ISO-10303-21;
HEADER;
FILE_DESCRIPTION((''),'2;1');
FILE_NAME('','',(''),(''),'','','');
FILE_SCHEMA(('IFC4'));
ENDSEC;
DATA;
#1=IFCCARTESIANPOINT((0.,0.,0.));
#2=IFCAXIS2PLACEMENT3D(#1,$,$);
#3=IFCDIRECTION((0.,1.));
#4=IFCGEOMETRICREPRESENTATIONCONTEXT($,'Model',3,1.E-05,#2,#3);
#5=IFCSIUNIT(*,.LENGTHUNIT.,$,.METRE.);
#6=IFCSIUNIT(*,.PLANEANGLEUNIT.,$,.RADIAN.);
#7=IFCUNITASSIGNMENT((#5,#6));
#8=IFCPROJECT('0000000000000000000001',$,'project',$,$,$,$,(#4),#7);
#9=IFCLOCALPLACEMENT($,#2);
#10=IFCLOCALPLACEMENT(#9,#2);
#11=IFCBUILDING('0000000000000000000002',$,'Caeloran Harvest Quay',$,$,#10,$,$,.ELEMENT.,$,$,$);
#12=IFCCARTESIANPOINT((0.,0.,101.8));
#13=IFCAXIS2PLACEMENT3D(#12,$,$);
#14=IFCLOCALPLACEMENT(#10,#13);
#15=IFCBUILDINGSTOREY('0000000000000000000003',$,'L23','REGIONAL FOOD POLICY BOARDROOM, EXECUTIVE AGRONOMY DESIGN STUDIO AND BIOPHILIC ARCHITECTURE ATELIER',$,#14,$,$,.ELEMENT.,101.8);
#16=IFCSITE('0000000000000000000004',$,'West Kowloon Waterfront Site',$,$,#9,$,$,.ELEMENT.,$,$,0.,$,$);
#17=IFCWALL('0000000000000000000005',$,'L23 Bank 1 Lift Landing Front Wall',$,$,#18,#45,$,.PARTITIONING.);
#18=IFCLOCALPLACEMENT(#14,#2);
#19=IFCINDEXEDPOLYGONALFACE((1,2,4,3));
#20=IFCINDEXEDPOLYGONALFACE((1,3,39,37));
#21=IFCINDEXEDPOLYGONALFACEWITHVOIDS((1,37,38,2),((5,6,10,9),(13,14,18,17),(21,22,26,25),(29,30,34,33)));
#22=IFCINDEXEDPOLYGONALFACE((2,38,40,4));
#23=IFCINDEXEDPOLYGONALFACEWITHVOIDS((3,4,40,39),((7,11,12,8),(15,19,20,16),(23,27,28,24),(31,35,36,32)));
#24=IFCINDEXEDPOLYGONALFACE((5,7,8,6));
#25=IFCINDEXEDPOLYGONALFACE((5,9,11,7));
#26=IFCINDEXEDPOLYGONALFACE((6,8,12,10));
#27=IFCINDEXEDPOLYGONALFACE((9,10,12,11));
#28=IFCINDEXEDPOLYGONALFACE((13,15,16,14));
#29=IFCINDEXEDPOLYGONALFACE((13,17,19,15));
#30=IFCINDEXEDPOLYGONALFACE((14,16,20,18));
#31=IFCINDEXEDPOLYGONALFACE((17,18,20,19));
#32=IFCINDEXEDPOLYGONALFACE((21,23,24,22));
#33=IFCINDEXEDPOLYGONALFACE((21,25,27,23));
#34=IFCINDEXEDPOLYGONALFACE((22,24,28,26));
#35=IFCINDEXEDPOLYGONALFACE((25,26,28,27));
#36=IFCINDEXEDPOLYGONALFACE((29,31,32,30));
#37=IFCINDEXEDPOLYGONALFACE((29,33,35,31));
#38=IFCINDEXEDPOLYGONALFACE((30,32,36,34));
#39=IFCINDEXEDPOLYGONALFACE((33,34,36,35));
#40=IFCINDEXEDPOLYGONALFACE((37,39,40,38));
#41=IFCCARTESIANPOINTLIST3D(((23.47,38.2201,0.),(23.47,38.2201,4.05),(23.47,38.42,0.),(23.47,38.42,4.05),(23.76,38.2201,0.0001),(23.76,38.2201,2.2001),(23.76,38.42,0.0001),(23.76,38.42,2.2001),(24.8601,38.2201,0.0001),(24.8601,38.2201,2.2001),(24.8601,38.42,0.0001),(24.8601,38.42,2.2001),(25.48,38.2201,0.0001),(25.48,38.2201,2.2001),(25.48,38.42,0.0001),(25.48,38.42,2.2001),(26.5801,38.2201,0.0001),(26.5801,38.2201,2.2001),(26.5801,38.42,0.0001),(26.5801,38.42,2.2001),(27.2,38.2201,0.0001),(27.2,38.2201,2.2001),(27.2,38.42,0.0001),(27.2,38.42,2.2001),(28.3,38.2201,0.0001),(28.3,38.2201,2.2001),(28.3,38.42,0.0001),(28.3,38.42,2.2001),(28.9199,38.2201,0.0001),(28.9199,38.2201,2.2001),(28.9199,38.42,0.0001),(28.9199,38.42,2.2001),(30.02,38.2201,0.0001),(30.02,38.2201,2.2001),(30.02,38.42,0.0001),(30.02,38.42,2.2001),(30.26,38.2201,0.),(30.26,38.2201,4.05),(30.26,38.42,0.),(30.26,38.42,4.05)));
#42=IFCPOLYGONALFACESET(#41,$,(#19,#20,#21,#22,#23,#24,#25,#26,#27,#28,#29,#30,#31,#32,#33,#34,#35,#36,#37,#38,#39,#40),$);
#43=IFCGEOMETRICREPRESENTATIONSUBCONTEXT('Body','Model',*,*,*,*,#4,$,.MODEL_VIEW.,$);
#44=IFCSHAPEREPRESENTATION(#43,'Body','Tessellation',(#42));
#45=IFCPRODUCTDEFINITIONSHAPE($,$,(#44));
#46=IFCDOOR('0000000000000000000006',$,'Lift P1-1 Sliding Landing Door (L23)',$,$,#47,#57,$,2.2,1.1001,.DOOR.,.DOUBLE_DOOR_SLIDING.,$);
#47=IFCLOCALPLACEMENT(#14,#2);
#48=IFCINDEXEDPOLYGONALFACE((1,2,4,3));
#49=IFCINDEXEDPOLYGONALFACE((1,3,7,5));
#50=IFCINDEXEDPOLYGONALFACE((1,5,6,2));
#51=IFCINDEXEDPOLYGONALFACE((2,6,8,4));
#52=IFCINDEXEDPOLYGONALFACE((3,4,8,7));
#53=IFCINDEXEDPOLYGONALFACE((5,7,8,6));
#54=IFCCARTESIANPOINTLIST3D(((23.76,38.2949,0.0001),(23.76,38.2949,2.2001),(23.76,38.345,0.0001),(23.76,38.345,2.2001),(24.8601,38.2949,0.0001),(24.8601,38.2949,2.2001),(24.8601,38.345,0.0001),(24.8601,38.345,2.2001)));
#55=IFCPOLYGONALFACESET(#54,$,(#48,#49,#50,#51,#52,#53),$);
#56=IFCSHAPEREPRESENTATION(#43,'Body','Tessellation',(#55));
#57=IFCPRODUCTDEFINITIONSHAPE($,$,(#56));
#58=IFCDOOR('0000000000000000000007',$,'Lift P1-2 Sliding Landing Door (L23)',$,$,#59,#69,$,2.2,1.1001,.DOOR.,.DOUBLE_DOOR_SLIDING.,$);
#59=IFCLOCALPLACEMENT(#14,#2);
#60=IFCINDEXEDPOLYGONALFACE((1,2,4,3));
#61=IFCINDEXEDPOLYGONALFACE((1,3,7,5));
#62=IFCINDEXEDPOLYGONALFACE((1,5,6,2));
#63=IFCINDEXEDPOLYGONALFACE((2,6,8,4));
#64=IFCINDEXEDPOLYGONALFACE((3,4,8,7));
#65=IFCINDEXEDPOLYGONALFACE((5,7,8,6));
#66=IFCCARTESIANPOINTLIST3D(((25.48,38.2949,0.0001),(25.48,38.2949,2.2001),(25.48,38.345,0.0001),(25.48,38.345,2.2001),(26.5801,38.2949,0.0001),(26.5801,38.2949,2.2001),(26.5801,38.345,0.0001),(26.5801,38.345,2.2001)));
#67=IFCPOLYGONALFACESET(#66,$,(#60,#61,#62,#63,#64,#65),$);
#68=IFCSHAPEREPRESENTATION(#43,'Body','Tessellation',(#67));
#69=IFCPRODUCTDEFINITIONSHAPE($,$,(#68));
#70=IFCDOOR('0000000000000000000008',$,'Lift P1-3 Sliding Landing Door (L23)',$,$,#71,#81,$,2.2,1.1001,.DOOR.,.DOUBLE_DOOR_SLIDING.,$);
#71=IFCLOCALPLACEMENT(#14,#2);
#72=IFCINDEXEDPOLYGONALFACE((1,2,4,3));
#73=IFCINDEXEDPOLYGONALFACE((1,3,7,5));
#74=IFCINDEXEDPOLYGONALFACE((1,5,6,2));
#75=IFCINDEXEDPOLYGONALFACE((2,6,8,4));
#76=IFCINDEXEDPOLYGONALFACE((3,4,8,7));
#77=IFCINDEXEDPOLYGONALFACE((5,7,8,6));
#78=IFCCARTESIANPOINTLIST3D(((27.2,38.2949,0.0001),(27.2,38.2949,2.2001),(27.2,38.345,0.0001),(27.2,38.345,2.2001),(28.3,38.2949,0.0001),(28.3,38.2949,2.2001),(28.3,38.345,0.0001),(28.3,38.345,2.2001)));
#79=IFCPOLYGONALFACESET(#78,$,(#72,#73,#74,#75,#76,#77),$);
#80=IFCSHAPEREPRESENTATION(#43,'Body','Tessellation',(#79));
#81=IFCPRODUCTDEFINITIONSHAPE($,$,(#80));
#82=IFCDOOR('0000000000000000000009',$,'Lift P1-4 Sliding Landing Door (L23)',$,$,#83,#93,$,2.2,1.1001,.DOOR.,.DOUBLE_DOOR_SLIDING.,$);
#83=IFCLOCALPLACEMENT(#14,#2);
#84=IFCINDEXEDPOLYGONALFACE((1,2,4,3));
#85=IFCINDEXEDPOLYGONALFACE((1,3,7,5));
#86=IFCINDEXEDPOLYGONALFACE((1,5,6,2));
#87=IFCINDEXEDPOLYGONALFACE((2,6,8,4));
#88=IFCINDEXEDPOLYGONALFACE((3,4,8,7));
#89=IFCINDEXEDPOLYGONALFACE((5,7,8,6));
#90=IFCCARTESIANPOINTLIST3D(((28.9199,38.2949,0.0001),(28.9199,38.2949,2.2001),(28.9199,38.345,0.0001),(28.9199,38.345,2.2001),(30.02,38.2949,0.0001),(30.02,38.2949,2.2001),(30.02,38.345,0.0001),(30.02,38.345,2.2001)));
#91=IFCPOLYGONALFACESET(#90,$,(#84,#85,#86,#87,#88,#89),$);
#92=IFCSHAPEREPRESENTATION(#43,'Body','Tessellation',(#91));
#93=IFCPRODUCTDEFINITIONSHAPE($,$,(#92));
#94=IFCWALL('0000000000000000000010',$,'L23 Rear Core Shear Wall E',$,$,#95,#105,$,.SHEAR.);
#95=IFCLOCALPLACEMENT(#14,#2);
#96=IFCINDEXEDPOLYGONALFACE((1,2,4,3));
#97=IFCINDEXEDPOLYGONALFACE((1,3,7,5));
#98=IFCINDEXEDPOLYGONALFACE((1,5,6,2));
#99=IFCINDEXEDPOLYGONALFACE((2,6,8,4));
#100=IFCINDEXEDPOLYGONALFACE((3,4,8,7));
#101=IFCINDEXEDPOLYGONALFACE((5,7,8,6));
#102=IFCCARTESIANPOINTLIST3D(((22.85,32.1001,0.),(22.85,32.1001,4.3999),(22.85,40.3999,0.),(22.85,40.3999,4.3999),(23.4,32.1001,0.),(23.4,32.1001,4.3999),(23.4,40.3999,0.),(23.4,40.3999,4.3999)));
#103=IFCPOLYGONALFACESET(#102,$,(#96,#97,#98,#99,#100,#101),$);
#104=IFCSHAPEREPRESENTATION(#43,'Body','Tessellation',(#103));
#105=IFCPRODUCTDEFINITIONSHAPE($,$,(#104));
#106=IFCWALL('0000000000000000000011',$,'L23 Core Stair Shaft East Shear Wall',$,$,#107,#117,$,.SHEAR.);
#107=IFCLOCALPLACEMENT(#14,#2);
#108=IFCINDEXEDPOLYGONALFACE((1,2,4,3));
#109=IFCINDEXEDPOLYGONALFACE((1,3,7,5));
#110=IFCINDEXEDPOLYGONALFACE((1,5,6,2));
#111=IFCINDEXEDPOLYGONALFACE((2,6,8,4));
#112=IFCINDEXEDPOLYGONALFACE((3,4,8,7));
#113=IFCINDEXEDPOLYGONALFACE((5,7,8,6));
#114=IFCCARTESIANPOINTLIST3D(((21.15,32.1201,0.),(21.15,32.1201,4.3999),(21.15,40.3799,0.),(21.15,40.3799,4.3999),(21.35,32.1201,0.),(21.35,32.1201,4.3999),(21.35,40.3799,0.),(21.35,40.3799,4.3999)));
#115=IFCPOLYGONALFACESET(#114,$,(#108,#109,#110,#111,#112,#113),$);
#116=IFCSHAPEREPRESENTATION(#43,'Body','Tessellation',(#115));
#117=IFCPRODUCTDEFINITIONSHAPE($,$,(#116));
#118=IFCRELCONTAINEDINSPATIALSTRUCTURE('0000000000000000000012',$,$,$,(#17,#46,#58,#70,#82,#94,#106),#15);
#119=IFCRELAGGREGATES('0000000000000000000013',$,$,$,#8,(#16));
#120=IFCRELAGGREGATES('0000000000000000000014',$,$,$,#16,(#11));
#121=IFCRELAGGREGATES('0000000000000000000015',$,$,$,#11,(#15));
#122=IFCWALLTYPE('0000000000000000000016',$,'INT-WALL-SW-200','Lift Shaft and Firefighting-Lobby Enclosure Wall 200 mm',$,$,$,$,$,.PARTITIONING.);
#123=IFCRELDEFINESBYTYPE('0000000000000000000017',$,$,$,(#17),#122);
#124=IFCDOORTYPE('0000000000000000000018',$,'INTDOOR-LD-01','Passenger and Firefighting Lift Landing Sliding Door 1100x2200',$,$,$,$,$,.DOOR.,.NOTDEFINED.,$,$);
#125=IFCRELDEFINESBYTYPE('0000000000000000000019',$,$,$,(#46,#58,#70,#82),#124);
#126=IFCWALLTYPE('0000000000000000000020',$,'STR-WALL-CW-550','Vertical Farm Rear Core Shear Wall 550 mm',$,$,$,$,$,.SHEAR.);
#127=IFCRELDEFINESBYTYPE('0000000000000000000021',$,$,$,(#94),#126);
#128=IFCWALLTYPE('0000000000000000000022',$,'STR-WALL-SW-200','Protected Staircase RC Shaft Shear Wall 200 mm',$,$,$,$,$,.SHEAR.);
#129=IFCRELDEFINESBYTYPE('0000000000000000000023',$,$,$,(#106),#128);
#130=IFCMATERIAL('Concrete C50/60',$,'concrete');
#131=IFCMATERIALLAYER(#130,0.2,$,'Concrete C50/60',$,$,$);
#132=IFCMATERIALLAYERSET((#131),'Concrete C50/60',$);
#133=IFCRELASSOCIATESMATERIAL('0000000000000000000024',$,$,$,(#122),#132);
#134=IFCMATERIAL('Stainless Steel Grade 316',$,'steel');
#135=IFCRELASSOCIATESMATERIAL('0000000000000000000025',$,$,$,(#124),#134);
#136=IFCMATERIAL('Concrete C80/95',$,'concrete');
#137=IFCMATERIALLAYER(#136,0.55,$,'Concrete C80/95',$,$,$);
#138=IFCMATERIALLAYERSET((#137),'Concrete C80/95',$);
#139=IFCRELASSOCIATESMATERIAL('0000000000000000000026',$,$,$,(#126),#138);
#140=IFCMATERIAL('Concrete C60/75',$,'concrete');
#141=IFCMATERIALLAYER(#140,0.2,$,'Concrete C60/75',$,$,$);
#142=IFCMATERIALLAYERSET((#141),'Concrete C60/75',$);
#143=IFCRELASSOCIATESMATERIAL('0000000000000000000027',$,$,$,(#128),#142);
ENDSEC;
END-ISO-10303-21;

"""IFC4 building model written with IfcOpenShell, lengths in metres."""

from ifc_helpers import new_model, si_unit, direction, frame, frame_2d, origin, place, context, subcontext, project, spatial, rectangle, extrude, material, layer, layer_set, type_object, element, fill, save


model = new_model("IFC4")

# Units and contexts
model_context = context("Model", 3, precision=1e-05, world=origin(), true_north=direction((0.0, 1.0)))
body_context = subcontext(model_context, "Body", "Model", "MODEL_VIEW")
ifc_project = project(units=[si_unit("LENGTHUNIT", "METRE"), si_unit("PLANEANGLEUNIT", "RADIAN")], contexts=[model_context])

# Site, building, storey
site_placement = place(None, origin())
site = spatial("IfcSite", under=ifc_project, at=site_placement, Name="West Kowloon Waterfront Site", CompositionType="ELEMENT", RefElevation=0.0)
building_placement = place(site_placement, origin())
building = spatial("IfcBuilding", under=site, at=building_placement, Name="Caeloran Harvest Quay", CompositionType="ELEMENT")
storey_placement = place(building_placement, frame((0.0, 0.0, 101.8)))
storey = spatial("IfcBuildingStorey", under=building, at=storey_placement, Name="L23", Description="REGIONAL FOOD POLICY BOARDROOM, EXECUTIVE AGRONOMY DESIGN STUDIO AND BIOPHILIC ARCHITECTURE ATELIER", CompositionType="ELEMENT", Elevation=101.8)

# Shared definitions
ifc_material_1 = material(Name="Concrete C50/60", Category="concrete")
ifc_layer_1 = layer(ifc_material_1, 0.2, Name="Concrete C50/60")
ifc_layer_set_1 = layer_set([ifc_layer_1], Name="Concrete C50/60")
wall_type_1 = type_object("IfcWallType", Name="INT-WALL-SW-200", Description="Lift Shaft and Firefighting-Lobby Enclosure Wall 200 mm", PredefinedType="PARTITIONING", material=ifc_layer_set_1)
ifc_material_2 = material(Name="Stainless Steel Grade 316", Category="steel")

# Wall, openings, doors
wall_1_placement = place(storey_placement, frame((23.47, 38.3201, 0.0), z_axis=(0.0, 0.0, 1.0), x_axis=(1.0, 0.0, 0.0)))
wall_1 = element("IfcWall", 1, at=wall_1_placement, inside=storey, type_object=wall_type_1, Name="L23 Bank 1 Lift Landing Front Wall", PredefinedType="PARTITIONING", context=body_context, shape_type="SweptSolid", body=[
    extrude(rectangle(XDim=6.79, YDim=0.2, at=frame_2d((3.395, 0.0))), origin(), (0.0, 0.0, 1.0), 4.05),
])
opening_1_placement = place(wall_1_placement, frame((0.29, 0.0, 0.0)))
opening_1 = element("IfcOpeningElement", 2, at=opening_1_placement, cuts=wall_1, PredefinedType="OPENING", context=body_context, shape_type="SweptSolid", body=[
    extrude(rectangle(XDim=1.1001, YDim=2.2, at=frame_2d((0.55, 1.1001))), frame((0.0, 0.1099, 0.0), z_axis=(0.0, -1.0, 0.0), x_axis=(1.0, 0.0, 0.0)), (0.0, 0.0, 1.0), 0.22),
])
opening_2_placement = place(wall_1_placement, frame((2.01, 0.0, 0.0)))
opening_2 = element("IfcOpeningElement", 3, at=opening_2_placement, cuts=wall_1, PredefinedType="OPENING", context=body_context, shape_type="SweptSolid", body=[
    extrude(rectangle(XDim=1.1001, YDim=2.2, at=frame_2d((0.55, 1.1001))), frame((0.0, 0.1099, 0.0), z_axis=(0.0, -1.0, 0.0), x_axis=(1.0, 0.0, 0.0)), (0.0, 0.0, 1.0), 0.22),
])
opening_3_placement = place(wall_1_placement, frame((3.73, 0.0, 0.0)))
opening_3 = element("IfcOpeningElement", 4, at=opening_3_placement, cuts=wall_1, PredefinedType="OPENING", context=body_context, shape_type="SweptSolid", body=[
    extrude(rectangle(XDim=1.1001, YDim=2.2, at=frame_2d((0.55, 1.1001))), frame((0.0, 0.1099, 0.0), z_axis=(0.0, -1.0, 0.0), x_axis=(1.0, 0.0, 0.0)), (0.0, 0.0, 1.0), 0.22),
])
opening_4_placement = place(wall_1_placement, frame((5.45, 0.0, 0.0)))
opening_4 = element("IfcOpeningElement", 5, at=opening_4_placement, cuts=wall_1, PredefinedType="OPENING", context=body_context, shape_type="SweptSolid", body=[
    extrude(rectangle(XDim=1.1001, YDim=2.2, at=frame_2d((0.55, 1.1001))), frame((0.0, 0.1099, 0.0), z_axis=(0.0, -1.0, 0.0), x_axis=(1.0, 0.0, 0.0)), (0.0, 0.0, 1.0), 0.22),
])
door_type_1 = type_object("IfcDoorType", Name="INTDOOR-LD-01", Description="Passenger and Firefighting Lift Landing Sliding Door 1100x2200", OperationType="NOTDEFINED", PredefinedType="DOOR", material=ifc_material_2)
door_1_placement = place(opening_1_placement, origin())
door_1 = element("IfcDoor", 6, at=door_1_placement, inside=storey, type_object=door_type_1, Name="Lift P1-1 Sliding Landing Door (L23)", OperationType="DOUBLE_DOOR_SLIDING", OverallHeight=2.2, OverallWidth=1.1001, PredefinedType="DOOR", context=body_context, shape_type="SweptSolid", body=[
    extrude(rectangle(XDim=1.1001, YDim=2.2, at=frame_2d((0.55, 1.1001))), frame((0.0, 0.0249, 0.0), z_axis=(0.0, -1.0, 0.0), x_axis=(1.0, 0.0, 0.0)), (0.0, 0.0, 1.0), 0.05),
])
fill(opening_1, door_1)
door_2_placement = place(opening_2_placement, origin())
door_2 = element("IfcDoor", 7, at=door_2_placement, inside=storey, type_object=door_type_1, Name="Lift P1-2 Sliding Landing Door (L23)", OperationType="DOUBLE_DOOR_SLIDING", OverallHeight=2.2, OverallWidth=1.1001, PredefinedType="DOOR", context=body_context, shape_type="SweptSolid", body=[
    extrude(rectangle(XDim=1.1001, YDim=2.2, at=frame_2d((0.55, 1.1001))), frame((0.0, 0.0249, 0.0), z_axis=(0.0, -1.0, 0.0), x_axis=(1.0, 0.0, 0.0)), (0.0, 0.0, 1.0), 0.05),
])
fill(opening_2, door_2)
door_3_placement = place(opening_3_placement, origin())
door_3 = element("IfcDoor", 8, at=door_3_placement, inside=storey, type_object=door_type_1, Name="Lift P1-3 Sliding Landing Door (L23)", OperationType="DOUBLE_DOOR_SLIDING", OverallHeight=2.2, OverallWidth=1.1001, PredefinedType="DOOR", context=body_context, shape_type="SweptSolid", body=[
    extrude(rectangle(XDim=1.1001, YDim=2.2, at=frame_2d((0.55, 1.1001))), frame((0.0, 0.0249, 0.0), z_axis=(0.0, -1.0, 0.0), x_axis=(1.0, 0.0, 0.0)), (0.0, 0.0, 1.0), 0.05),
])
fill(opening_3, door_3)
door_4_placement = place(opening_4_placement, origin())
door_4 = element("IfcDoor", 9, at=door_4_placement, inside=storey, type_object=door_type_1, Name="Lift P1-4 Sliding Landing Door (L23)", OperationType="DOUBLE_DOOR_SLIDING", OverallHeight=2.2, OverallWidth=1.1001, PredefinedType="DOOR", context=body_context, shape_type="SweptSolid", body=[
    extrude(rectangle(XDim=1.1001, YDim=2.2, at=frame_2d((0.55, 1.1001))), frame((0.0, 0.0249, 0.0), z_axis=(0.0, -1.0, 0.0), x_axis=(1.0, 0.0, 0.0)), (0.0, 0.0, 1.0), 0.05),
])
fill(opening_4, door_4)

# Walls
ifc_material_3 = material(Name="Concrete C80/95", Category="concrete")
ifc_layer_2 = layer(ifc_material_3, 0.55, Name="Concrete C80/95")
ifc_layer_set_2 = layer_set([ifc_layer_2], Name="Concrete C80/95")
wall_type_2 = type_object("IfcWallType", Name="STR-WALL-CW-550", Description="Vertical Farm Rear Core Shear Wall 550 mm", PredefinedType="SHEAR", material=ifc_layer_set_2)
wall_2_placement = place(storey_placement, frame((23.125, 32.1001, 0.0), z_axis=(0.0, 0.0, 1.0), x_axis=(0.0, 1.0, 0.0)))
element("IfcWall", 10, at=wall_2_placement, inside=storey, type_object=wall_type_2, Name="L23 Rear Core Shear Wall E", PredefinedType="SHEAR", context=body_context, shape_type="SweptSolid", body=[
    extrude(rectangle(XDim=8.2998, YDim=0.55, at=frame_2d((4.1499, 0.0))), origin(), (0.0, 0.0, 1.0), 4.3999),
])
ifc_material_4 = material(Name="Concrete C60/75", Category="concrete")
ifc_layer_3 = layer(ifc_material_4, 0.2, Name="Concrete C60/75")
ifc_layer_set_3 = layer_set([ifc_layer_3], Name="Concrete C60/75")
wall_type_3 = type_object("IfcWallType", Name="STR-WALL-SW-200", Description="Protected Staircase RC Shaft Shear Wall 200 mm", PredefinedType="SHEAR", material=ifc_layer_set_3)
wall_3_placement = place(storey_placement, frame((21.25, 32.1201, 0.0), z_axis=(0.0, 0.0, 1.0), x_axis=(0.0, 1.0, 0.0)))
element("IfcWall", 11, at=wall_3_placement, inside=storey, type_object=wall_type_3, Name="L23 Core Stair Shaft East Shear Wall", PredefinedType="SHEAR", context=body_context, shape_type="SweptSolid", body=[
    extrude(rectangle(XDim=8.2598, YDim=0.2, at=frame_2d((4.1299, 0.0))), origin(), (0.0, 0.0, 1.0), 4.3999),
])

save(model, "model.ifc")
